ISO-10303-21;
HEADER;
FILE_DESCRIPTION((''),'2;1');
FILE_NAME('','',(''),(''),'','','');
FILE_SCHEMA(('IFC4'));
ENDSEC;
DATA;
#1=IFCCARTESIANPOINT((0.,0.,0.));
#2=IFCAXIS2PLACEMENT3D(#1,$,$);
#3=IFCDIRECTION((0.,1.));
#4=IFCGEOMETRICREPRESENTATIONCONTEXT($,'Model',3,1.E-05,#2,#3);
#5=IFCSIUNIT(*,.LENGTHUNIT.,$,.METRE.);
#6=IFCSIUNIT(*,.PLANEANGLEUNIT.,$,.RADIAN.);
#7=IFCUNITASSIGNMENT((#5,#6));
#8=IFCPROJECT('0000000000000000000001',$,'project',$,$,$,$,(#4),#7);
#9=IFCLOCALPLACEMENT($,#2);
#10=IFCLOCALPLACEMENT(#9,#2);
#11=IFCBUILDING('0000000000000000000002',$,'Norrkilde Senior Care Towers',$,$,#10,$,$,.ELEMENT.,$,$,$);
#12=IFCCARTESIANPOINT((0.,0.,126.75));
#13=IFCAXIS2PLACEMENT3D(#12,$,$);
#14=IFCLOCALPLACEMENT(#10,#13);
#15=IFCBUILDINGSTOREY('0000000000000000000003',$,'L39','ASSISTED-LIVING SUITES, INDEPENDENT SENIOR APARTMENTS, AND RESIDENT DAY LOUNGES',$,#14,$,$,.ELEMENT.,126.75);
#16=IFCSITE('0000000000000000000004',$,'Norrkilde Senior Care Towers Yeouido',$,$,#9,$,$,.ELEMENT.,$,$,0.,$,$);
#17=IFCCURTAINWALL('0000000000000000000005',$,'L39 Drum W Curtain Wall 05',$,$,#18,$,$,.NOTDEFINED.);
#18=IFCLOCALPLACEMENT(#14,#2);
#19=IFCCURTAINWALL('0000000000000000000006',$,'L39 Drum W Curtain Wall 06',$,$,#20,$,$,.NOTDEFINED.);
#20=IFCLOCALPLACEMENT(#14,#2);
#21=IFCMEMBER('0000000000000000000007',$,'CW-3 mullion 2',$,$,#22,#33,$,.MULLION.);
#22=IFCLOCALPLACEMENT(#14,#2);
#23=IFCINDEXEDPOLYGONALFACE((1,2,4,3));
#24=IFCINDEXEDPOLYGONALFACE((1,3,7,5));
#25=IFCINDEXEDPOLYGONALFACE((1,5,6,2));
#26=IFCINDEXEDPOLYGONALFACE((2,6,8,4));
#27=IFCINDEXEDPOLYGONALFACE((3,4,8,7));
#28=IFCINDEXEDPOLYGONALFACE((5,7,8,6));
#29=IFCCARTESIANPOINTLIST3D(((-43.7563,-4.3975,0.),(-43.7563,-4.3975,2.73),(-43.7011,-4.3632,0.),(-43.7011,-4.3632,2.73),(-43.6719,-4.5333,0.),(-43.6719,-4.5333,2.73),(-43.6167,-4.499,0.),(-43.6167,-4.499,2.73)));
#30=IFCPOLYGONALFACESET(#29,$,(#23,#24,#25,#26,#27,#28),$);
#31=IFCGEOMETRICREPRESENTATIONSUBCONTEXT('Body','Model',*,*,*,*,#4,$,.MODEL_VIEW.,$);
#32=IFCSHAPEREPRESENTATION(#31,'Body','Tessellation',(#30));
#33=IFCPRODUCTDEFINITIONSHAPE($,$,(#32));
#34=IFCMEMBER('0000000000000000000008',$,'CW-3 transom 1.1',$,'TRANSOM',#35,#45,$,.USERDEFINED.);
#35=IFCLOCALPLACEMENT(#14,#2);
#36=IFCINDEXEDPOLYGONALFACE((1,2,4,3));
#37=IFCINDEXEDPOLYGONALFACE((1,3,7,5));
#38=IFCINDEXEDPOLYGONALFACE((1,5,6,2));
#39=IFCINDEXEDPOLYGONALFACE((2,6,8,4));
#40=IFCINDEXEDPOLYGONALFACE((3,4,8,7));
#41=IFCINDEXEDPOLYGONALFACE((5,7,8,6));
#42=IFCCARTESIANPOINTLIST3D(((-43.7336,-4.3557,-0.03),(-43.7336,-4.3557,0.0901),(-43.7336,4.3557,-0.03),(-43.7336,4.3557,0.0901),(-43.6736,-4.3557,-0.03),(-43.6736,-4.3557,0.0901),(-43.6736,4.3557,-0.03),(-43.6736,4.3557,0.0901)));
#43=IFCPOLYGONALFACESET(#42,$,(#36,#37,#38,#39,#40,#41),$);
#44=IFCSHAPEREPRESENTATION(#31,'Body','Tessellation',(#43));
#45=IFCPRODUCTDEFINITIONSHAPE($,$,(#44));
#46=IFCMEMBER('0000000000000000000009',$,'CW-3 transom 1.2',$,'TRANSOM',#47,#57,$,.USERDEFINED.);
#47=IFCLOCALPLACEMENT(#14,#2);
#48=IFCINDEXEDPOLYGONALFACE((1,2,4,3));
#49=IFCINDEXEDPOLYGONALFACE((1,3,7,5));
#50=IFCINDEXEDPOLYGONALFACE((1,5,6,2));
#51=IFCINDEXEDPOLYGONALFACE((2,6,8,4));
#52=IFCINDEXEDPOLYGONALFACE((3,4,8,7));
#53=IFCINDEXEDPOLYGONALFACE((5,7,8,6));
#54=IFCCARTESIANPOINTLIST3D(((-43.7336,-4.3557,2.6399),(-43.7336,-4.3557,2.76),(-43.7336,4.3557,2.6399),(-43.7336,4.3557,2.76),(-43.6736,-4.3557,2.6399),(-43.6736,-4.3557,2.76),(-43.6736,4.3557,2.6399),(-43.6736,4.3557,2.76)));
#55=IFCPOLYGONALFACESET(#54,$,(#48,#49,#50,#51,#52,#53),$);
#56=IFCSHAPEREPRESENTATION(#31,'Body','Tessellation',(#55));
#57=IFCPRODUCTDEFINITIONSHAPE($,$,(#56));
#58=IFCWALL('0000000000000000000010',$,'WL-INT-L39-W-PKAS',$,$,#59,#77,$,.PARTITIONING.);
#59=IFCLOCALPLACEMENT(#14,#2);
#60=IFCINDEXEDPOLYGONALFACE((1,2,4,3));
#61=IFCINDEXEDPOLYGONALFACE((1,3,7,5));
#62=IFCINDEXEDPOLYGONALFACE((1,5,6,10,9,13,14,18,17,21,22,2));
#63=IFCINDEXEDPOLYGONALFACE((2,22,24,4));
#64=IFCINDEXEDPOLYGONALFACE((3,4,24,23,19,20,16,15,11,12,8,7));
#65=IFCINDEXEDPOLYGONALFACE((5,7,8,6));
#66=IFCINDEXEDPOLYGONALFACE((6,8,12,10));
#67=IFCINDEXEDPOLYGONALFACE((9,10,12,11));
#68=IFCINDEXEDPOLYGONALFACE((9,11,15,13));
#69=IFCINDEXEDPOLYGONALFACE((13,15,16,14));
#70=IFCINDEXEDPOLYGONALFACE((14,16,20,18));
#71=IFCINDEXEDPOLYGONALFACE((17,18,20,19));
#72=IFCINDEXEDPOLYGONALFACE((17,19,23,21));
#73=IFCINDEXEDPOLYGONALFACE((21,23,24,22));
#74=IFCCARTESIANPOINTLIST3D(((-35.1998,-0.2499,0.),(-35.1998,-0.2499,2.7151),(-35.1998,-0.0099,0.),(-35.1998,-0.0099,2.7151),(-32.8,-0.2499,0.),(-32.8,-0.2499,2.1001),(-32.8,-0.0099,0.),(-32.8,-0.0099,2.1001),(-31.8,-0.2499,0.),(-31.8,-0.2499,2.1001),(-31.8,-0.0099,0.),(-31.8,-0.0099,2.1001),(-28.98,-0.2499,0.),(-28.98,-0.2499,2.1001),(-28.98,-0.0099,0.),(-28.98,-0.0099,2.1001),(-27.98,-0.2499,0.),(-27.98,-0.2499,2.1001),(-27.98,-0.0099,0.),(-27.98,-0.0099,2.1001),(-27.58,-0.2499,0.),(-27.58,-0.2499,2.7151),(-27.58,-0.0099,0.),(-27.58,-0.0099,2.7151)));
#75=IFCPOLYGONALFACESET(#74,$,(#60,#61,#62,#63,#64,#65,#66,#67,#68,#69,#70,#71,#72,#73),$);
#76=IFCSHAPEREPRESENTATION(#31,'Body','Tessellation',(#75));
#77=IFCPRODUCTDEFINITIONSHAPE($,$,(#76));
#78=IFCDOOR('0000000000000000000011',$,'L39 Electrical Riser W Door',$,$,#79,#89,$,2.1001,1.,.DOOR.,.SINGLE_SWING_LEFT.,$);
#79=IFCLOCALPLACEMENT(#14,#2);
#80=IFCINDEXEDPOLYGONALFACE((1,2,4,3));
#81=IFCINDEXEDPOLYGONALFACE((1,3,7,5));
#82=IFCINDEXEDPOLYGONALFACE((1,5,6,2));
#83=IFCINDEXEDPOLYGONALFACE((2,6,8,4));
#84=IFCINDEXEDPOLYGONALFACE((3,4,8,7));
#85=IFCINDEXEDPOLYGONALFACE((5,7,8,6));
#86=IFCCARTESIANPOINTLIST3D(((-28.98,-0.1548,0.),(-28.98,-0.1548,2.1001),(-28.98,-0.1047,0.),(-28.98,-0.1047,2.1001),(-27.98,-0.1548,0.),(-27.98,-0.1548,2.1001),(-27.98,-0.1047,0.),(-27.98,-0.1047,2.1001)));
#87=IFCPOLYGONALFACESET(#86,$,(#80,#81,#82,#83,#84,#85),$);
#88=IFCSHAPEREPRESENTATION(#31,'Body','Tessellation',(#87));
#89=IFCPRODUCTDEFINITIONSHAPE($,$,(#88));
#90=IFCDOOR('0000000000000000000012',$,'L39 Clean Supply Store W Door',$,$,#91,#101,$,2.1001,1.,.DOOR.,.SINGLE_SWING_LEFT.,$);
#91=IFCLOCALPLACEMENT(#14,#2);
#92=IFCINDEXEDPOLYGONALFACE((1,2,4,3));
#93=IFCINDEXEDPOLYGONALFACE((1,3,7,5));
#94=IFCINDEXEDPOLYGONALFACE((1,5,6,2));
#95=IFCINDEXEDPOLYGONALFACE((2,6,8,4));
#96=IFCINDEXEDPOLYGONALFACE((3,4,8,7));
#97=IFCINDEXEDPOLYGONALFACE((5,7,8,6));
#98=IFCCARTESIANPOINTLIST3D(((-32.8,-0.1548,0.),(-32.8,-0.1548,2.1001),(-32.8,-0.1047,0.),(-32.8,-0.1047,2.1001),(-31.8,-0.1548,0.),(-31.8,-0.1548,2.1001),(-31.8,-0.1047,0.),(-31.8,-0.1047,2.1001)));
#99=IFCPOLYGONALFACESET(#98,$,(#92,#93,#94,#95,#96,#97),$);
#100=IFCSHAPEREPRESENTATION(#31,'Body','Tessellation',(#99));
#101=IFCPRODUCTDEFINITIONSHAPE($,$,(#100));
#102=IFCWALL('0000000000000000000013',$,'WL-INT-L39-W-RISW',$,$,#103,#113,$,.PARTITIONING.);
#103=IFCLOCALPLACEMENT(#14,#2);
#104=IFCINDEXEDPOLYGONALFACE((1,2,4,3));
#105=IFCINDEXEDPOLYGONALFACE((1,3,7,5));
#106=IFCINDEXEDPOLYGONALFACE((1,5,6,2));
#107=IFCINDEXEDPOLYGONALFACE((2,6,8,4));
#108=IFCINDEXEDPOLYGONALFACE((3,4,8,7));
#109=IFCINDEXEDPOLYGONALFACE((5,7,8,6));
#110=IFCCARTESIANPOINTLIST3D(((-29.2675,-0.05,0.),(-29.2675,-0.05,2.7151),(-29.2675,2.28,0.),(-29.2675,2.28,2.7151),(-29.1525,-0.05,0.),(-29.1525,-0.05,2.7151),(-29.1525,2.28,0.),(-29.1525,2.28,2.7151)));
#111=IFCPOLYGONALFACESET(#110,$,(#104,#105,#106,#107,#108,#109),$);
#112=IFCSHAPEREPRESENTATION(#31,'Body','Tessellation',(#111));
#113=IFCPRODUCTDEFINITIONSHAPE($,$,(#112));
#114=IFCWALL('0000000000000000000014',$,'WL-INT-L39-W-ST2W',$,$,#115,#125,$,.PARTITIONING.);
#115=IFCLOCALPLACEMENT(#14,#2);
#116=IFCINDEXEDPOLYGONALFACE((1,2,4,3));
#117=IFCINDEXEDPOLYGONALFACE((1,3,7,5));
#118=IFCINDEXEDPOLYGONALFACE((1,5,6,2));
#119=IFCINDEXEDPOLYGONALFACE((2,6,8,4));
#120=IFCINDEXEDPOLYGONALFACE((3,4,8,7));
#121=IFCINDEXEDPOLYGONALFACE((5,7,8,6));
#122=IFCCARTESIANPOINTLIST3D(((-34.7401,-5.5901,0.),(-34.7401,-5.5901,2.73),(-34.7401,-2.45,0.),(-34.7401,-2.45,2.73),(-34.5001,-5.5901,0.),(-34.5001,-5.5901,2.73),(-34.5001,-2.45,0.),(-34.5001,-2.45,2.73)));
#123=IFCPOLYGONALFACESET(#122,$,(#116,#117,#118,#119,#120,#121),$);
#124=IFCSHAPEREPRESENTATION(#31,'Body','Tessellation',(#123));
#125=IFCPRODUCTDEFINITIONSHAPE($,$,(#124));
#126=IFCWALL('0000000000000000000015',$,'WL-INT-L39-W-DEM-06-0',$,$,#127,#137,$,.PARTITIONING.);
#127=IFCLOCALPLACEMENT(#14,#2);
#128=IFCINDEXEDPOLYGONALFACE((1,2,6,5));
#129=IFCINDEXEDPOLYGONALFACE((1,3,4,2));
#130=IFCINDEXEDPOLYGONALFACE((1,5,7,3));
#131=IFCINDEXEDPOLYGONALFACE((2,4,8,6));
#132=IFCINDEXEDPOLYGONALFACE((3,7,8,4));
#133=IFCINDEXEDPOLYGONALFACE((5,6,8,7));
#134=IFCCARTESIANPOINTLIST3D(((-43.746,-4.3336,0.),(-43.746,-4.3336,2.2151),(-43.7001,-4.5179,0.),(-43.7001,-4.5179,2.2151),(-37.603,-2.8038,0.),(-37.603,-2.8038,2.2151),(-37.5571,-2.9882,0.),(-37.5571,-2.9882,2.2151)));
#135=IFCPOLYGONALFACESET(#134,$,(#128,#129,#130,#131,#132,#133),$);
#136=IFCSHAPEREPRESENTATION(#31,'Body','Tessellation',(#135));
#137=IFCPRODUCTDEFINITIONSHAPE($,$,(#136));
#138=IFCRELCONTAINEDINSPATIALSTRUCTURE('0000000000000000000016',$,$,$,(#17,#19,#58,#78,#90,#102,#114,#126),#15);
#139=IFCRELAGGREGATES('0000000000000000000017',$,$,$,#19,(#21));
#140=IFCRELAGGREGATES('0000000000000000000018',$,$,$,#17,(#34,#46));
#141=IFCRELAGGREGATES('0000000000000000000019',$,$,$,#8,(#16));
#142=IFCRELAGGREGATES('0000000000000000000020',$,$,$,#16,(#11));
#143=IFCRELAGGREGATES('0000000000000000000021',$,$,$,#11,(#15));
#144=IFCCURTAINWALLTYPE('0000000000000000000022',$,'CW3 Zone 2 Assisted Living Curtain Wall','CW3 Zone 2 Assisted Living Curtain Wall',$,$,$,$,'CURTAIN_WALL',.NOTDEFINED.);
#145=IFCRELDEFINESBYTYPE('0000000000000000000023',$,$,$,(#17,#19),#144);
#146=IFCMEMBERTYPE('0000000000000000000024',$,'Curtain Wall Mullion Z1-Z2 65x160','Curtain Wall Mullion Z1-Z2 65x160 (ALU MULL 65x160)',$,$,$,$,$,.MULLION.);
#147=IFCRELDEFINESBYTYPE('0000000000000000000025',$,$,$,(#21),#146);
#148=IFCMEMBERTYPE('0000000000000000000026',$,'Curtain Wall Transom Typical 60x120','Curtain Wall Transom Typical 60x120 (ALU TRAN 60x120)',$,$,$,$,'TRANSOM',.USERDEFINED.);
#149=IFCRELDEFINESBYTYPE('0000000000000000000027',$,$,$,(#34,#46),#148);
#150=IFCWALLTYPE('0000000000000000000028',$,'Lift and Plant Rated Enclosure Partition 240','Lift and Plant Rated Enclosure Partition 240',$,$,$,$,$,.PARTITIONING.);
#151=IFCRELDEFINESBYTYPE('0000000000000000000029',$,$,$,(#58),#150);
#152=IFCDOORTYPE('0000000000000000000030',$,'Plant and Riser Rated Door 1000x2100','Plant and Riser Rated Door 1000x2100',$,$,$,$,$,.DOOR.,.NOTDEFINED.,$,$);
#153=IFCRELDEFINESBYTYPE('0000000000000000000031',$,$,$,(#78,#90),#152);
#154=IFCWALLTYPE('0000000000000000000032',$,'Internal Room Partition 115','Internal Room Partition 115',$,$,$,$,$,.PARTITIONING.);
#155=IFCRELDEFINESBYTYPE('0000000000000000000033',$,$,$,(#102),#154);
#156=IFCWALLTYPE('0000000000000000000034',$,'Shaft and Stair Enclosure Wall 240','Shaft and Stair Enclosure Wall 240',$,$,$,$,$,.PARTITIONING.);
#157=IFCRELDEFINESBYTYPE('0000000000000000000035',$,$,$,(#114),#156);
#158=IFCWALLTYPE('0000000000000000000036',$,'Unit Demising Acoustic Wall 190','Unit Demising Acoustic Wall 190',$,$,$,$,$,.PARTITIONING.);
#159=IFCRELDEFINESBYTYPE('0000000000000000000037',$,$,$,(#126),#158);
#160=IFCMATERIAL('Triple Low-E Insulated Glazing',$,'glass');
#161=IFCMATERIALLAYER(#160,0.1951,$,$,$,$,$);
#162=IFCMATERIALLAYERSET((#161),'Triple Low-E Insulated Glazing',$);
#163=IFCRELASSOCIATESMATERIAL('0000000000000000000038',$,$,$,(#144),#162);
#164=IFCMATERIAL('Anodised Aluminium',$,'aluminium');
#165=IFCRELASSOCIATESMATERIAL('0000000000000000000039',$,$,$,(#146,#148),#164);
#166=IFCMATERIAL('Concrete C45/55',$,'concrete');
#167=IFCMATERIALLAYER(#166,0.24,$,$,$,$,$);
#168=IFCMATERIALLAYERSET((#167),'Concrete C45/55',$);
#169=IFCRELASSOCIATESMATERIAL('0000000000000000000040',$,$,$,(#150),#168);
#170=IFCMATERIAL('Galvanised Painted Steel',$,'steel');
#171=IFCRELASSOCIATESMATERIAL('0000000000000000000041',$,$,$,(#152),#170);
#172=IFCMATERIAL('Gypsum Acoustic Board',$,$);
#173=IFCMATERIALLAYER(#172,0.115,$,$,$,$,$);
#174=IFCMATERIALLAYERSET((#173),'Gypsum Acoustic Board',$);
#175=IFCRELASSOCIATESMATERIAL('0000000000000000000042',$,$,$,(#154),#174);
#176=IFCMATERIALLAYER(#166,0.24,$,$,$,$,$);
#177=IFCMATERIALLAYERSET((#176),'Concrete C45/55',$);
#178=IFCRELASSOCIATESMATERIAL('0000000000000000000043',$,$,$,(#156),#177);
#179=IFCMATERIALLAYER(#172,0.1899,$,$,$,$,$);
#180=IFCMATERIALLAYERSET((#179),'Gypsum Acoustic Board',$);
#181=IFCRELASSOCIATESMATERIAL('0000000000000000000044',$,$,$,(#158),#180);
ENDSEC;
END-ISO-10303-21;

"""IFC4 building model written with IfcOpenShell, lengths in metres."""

from ifc_helpers import new_model, si_unit, direction, frame, frame_2d, origin, origin_2d, place, context, subcontext, project, spatial, rectangle, extrude, source, transform, mapped, material, layer, layer_set, material_profile, profile_set, type_object, type_shapes, element, fill, aggregate, save


model = new_model("IFC4")

# Units and contexts
model_context = context("Model", 3, precision=1e-05, world=origin(), true_north=direction((0.0, 1.0)))
body_context = subcontext(model_context, "Body", "Model", "MODEL_VIEW")
ifc_project = project(units=[si_unit("LENGTHUNIT", "METRE"), si_unit("PLANEANGLEUNIT", "RADIAN")], contexts=[model_context])

# Site, building, storey
site_placement = place(None, origin())
site = spatial("IfcSite", under=ifc_project, at=site_placement, Name="Norrkilde Senior Care Towers Yeouido", CompositionType="ELEMENT", RefElevation=0.0)
building_placement = place(site_placement, origin())
building = spatial("IfcBuilding", under=site, at=building_placement, Name="Norrkilde Senior Care Towers", CompositionType="ELEMENT")
storey_placement = place(building_placement, frame((0.0, 0.0, 126.75)))
storey = spatial("IfcBuildingStorey", under=building, at=storey_placement, Name="L39", Description="ASSISTED-LIVING SUITES, INDEPENDENT SENIOR APARTMENTS, AND RESIDENT DAY LOUNGES", CompositionType="ELEMENT", Elevation=126.75)

# Curtain walls, member
ifc_material_1 = material(Name="Triple Low-E Insulated Glazing", Category="glass")
ifc_layer_1 = layer(ifc_material_1, 0.1951)
ifc_layer_set_1 = layer_set([ifc_layer_1], Name="Triple Low-E Insulated Glazing")
curtain_wall_type = type_object("IfcCurtainWallType", Name="CW3 Zone 2 Assisted Living Curtain Wall", Description="CW3 Zone 2 Assisted Living Curtain Wall", ElementType="CURTAIN_WALL", PredefinedType="NOTDEFINED", material=ifc_layer_set_1)
curtain_wall_1_placement = place(storey_placement, origin())
curtain_wall_1 = element("IfcCurtainWall", 1, at=curtain_wall_1_placement, inside=storey, type_object=curtain_wall_type, Name="L39 Drum W Curtain Wall 05", PredefinedType="NOTDEFINED")
ifc_material_2 = material(Name="Anodised Aluminium", Category="aluminium")
ifc_material_profile_1 = material_profile(ifc_material_2, rectangle(XDim=0.0649, YDim=0.1599, at=origin_2d()), Name="ALU MULL 65x160")
ifc_profile_set_1 = profile_set([ifc_material_profile_1], Name="Anodised Aluminium")
member_type_1 = type_object("IfcMemberType", Name="Curtain Wall Mullion Z1-Z2 65x160", Description="Curtain Wall Mullion Z1-Z2 65x160 (ALU MULL 65x160)", PredefinedType="MULLION", material=ifc_profile_set_1)
shared_shape_1 = source(origin(), body_context, "Body", "SweptSolid", [
    extrude(rectangle(XDim=0.0649, YDim=0.1599, at=origin_2d()), origin(), (0.0, 0.0, 1.0), 2.73),
])
type_shapes(member_type_1, [shared_shape_1])
curtain_wall_2_placement = place(storey_placement, origin())
curtain_wall_2 = element("IfcCurtainWall", 2, at=curtain_wall_2_placement, inside=storey, type_object=curtain_wall_type, Name="L39 Drum W Curtain Wall 06", PredefinedType="NOTDEFINED")
member_1_placement = place(storey_placement, frame((-43.6865, -4.4482, 0.0), z_axis=(0.0, 0.0, 1.0), x_axis=(-0.84941, -0.527733, 0.0)))
member_1 = element("IfcMember", 3, at=member_1_placement, type_object=member_type_1, Name="CW-3 mullion 2", PredefinedType="MULLION", context=body_context, shape_type="MappedRepresentation", body=[
    mapped(shared_shape_1, transform((0.0, 0.0, 0.0), x_axis=(1.0, 0.0, 0.0), y_axis=(0.0, 1.0, 0.0), z_axis=(0.0, 0.0, 1.0), scale=1.0)),
])
aggregate(curtain_wall_2, [member_1])

# Members
ifc_material_profile_2 = material_profile(ifc_material_2, rectangle(XDim=0.0601, YDim=0.1201, at=origin_2d()), Name="ALU TRAN 60x120")
ifc_profile_set_2 = profile_set([ifc_material_profile_2], Name="Anodised Aluminium")
member_type_2 = type_object("IfcMemberType", Name="Curtain Wall Transom Typical 60x120", Description="Curtain Wall Transom Typical 60x120 (ALU TRAN 60x120)", ElementType="TRANSOM", PredefinedType="USERDEFINED", material=ifc_profile_set_2)
shared_shape_2 = source(origin(), body_context, "Body", "SweptSolid", [
    extrude(rectangle(XDim=0.0601, YDim=0.1201, at=origin_2d()), origin(), (0.0, 0.0, 1.0), 8.7114),
])
type_shapes(member_type_2, [shared_shape_2])
member_2_placement = place(storey_placement, frame((-43.7036, -4.3557, 0.03), z_axis=(0.0, 1.0, 0.0), x_axis=(-1.0, 0.0, 0.0)))
member_2 = element("IfcMember", 4, at=member_2_placement, type_object=member_type_2, Name="CW-3 transom 1.1", ObjectType="TRANSOM", PredefinedType="USERDEFINED", context=body_context, shape_type="MappedRepresentation", body=[
    mapped(shared_shape_2, transform((0.0, 0.0, 0.0), x_axis=(1.0, 0.0, 0.0), y_axis=(0.0, 1.0, 0.0), z_axis=(0.0, 0.0, 1.0), scale=1.0)),
])
member_3_placement = place(storey_placement, frame((-43.7036, -4.3557, 2.7), z_axis=(0.0, 1.0, 0.0), x_axis=(-1.0, 0.0, 0.0)))
member_3 = element("IfcMember", 5, at=member_3_placement, type_object=member_type_2, Name="CW-3 transom 1.2", ObjectType="TRANSOM", PredefinedType="USERDEFINED", context=body_context, shape_type="MappedRepresentation", body=[
    mapped(shared_shape_2, transform((0.0, 0.0, 0.0), x_axis=(1.0, 0.0, 0.0), y_axis=(0.0, 1.0, 0.0), z_axis=(0.0, 0.0, 1.0), scale=1.0)),
])
aggregate(curtain_wall_1, [member_2, member_3])

# Shared definitions
ifc_material_3 = material(Name="Galvanised Painted Steel", Category="steel")

# Wall, openings, doors
ifc_material_4 = material(Name="Concrete C45/55", Category="concrete")
ifc_layer_2 = layer(ifc_material_4, 0.24)
ifc_layer_set_2 = layer_set([ifc_layer_2], Name="Concrete C45/55")
wall_type_1 = type_object("IfcWallType", Name="Lift and Plant Rated Enclosure Partition 240", Description="Lift and Plant Rated Enclosure Partition 240", PredefinedType="PARTITIONING", material=ifc_layer_set_2)
shared_shape_3 = source(origin(), body_context, "Body", "SweptSolid", [
    extrude(rectangle(XDim=7.6199, YDim=0.24, at=frame_2d((3.8101, 0.0))), origin(), (0.0, 0.0, 1.0), 2.7151),
])
type_shapes(wall_type_1, [shared_shape_3])
wall_1_placement = place(storey_placement, frame((-35.2, -0.1299, 0.0), z_axis=(0.0, 0.0, 1.0), x_axis=(1.0, 0.0, 0.0)))
wall_1 = element("IfcWall", 6, at=wall_1_placement, inside=storey, type_object=wall_type_1, Name="WL-INT-L39-W-PKAS", PredefinedType="PARTITIONING", context=body_context, shape_type="MappedRepresentation", body=[
    mapped(shared_shape_3, transform((0.0, 0.0, 0.0), x_axis=(1.0, 0.0, 0.0), y_axis=(0.0, 1.0, 0.0), z_axis=(0.0, 0.0, 1.0), scale=1.0)),
])
opening_1_placement = place(wall_1_placement, frame((6.22, 0.0, 0.0)))
opening_1 = element("IfcOpeningElement", 7, at=opening_1_placement, cuts=wall_1, PredefinedType="OPENING", context=body_context, shape_type="SweptSolid", body=[
    extrude(rectangle(XDim=1.0, YDim=2.1001, at=frame_2d((0.5, 1.05))), frame((0.0, 0.1299, 0.0), z_axis=(0.0, -1.0, 0.0), x_axis=(1.0, 0.0, 0.0)), (0.0, 0.0, 1.0), 0.26),
])
opening_2_placement = place(wall_1_placement, frame((2.3999, 0.0, 0.0)))
opening_2 = element("IfcOpeningElement", 8, at=opening_2_placement, cuts=wall_1, PredefinedType="OPENING", context=body_context, shape_type="SweptSolid", body=[
    extrude(rectangle(XDim=1.0, YDim=2.1001, at=frame_2d((0.5, 1.05))), frame((0.0, 0.1299, 0.0), z_axis=(0.0, -1.0, 0.0), x_axis=(1.0, 0.0, 0.0)), (0.0, 0.0, 1.0), 0.26),
])
door_type_1 = type_object("IfcDoorType", Name="Plant and Riser Rated Door 1000x2100", Description="Plant and Riser Rated Door 1000x2100", OperationType="NOTDEFINED", PredefinedType="DOOR", material=ifc_material_3)
shared_shape_4 = source(origin(), body_context, "Body", "SweptSolid", [
    extrude(rectangle(XDim=1.0, YDim=2.1001, at=frame_2d((0.5, 1.05))), frame((0.0, 0.0249, 0.0), z_axis=(0.0, -1.0, 0.0), x_axis=(1.0, 0.0, 0.0)), (0.0, 0.0, 1.0), 0.05),
])
type_shapes(door_type_1, [shared_shape_4])
door_1_placement = place(opening_1_placement, frame((1.0, 0.0, 0.0), z_axis=(0.0, 0.0, 1.0), x_axis=(-1.0, 0.0, 0.0)))
door_1 = element("IfcDoor", 9, at=door_1_placement, inside=storey, type_object=door_type_1, Name="L39 Electrical Riser W Door", OperationType="SINGLE_SWING_LEFT", OverallHeight=2.1001, OverallWidth=1.0, PredefinedType="DOOR", context=body_context, shape_type="MappedRepresentation", body=[
    mapped(shared_shape_4, transform((0.0, 0.0, 0.0), x_axis=(1.0, 0.0, 0.0), y_axis=(0.0, 1.0, 0.0), z_axis=(0.0, 0.0, 1.0), scale=1.0)),
])
fill(opening_1, door_1)
door_2_placement = place(opening_2_placement, frame((1.0, 0.0, 0.0), z_axis=(0.0, 0.0, 1.0), x_axis=(-1.0, 0.0, 0.0)))
door_2 = element("IfcDoor", 10, at=door_2_placement, inside=storey, type_object=door_type_1, Name="L39 Clean Supply Store W Door", OperationType="SINGLE_SWING_LEFT", OverallHeight=2.1001, OverallWidth=1.0, PredefinedType="DOOR", context=body_context, shape_type="MappedRepresentation", body=[
    mapped(shared_shape_4, transform((0.0, 0.0, 0.0), x_axis=(1.0, 0.0, 0.0), y_axis=(0.0, 1.0, 0.0), z_axis=(0.0, 0.0, 1.0), scale=1.0)),
])
fill(opening_2, door_2)

# Wall
ifc_material_5 = material(Name="Gypsum Acoustic Board")
ifc_layer_3 = layer(ifc_material_5, 0.115)
ifc_layer_set_3 = layer_set([ifc_layer_3], Name="Gypsum Acoustic Board")
wall_type_2 = type_object("IfcWallType", Name="Internal Room Partition 115", Description="Internal Room Partition 115", PredefinedType="PARTITIONING", material=ifc_layer_set_3)
shared_shape_5 = source(origin(), body_context, "Body", "SweptSolid", [
    extrude(rectangle(XDim=2.3301, YDim=0.115, at=frame_2d((1.165, 0.0))), origin(), (0.0, 0.0, 1.0), 2.7151),
])
type_shapes(wall_type_2, [shared_shape_5])
wall_2_placement = place(storey_placement, frame((-29.21, -0.05, 0.0), z_axis=(0.0, 0.0, 1.0), x_axis=(0.0, 1.0, 0.0)))
element("IfcWall", 11, at=wall_2_placement, inside=storey, type_object=wall_type_2, Name="WL-INT-L39-W-RISW", PredefinedType="PARTITIONING", context=body_context, shape_type="MappedRepresentation", body=[
    mapped(shared_shape_5, transform((0.0, 0.0, 0.0), x_axis=(1.0, 0.0, 0.0), y_axis=(0.0, 1.0, 0.0), z_axis=(0.0, 0.0, 1.0), scale=1.0)),
])

# Shared definitions
ifc_layer_4 = layer(ifc_material_4, 0.24)
ifc_layer_set_4 = layer_set([ifc_layer_4], Name="Concrete C45/55")
wall_type_3 = type_object("IfcWallType", Name="Shaft and Stair Enclosure Wall 240", Description="Shaft and Stair Enclosure Wall 240", PredefinedType="PARTITIONING", material=ifc_layer_set_4)

# Walls
shared_shape_6 = source(origin(), body_context, "Body", "SweptSolid", [
    extrude(rectangle(XDim=3.1401, YDim=0.24, at=frame_2d((1.5701, 0.0))), origin(), (0.0, 0.0, 1.0), 2.73),
])
wall_3_placement = place(storey_placement, frame((-34.6201, -5.5901, 0.0), z_axis=(0.0, 0.0, 1.0), x_axis=(0.0, 1.0, 0.0)))
element("IfcWall", 12, at=wall_3_placement, inside=storey, type_object=wall_type_3, Name="WL-INT-L39-W-ST2W", PredefinedType="PARTITIONING", context=body_context, shape_type="MappedRepresentation", body=[
    mapped(shared_shape_6, transform((0.0, 0.0, 0.0), x_axis=(1.0, 0.0, 0.0), y_axis=(0.0, 1.0, 0.0), z_axis=(0.0, 0.0, 1.0), scale=1.0)),
])
ifc_layer_5 = layer(ifc_material_5, 0.1899)
ifc_layer_set_5 = layer_set([ifc_layer_5], Name="Gypsum Acoustic Board")
wall_type_4 = type_object("IfcWallType", Name="Unit Demising Acoustic Wall 190", Description="Unit Demising Acoustic Wall 190", PredefinedType="PARTITIONING", material=ifc_layer_set_5)
shared_shape_7 = source(origin(), body_context, "Body", "SweptSolid", [
    extrude(rectangle(XDim=6.3306, YDim=0.1899, at=frame_2d((3.1653, 0.0))), origin(), (0.0, 0.0, 1.0), 2.2151),
])
type_shapes(wall_type_4, [shared_shape_7])
wall_4_placement = place(storey_placement, frame((-37.5801, -2.896, 0.0), z_axis=(0.0, 0.0, 1.0), x_axis=(-0.970364, -0.241646, 0.0)))
element("IfcWall", 13, at=wall_4_placement, inside=storey, type_object=wall_type_4, Name="WL-INT-L39-W-DEM-06-0", PredefinedType="PARTITIONING", context=body_context, shape_type="MappedRepresentation", body=[
    mapped(shared_shape_7, transform((0.0, 0.0, 0.0), x_axis=(1.0, 0.0, 0.0), y_axis=(0.0, 1.0, 0.0), z_axis=(0.0, 0.0, 1.0), scale=1.0)),
])

save(model, "model.ifc")
